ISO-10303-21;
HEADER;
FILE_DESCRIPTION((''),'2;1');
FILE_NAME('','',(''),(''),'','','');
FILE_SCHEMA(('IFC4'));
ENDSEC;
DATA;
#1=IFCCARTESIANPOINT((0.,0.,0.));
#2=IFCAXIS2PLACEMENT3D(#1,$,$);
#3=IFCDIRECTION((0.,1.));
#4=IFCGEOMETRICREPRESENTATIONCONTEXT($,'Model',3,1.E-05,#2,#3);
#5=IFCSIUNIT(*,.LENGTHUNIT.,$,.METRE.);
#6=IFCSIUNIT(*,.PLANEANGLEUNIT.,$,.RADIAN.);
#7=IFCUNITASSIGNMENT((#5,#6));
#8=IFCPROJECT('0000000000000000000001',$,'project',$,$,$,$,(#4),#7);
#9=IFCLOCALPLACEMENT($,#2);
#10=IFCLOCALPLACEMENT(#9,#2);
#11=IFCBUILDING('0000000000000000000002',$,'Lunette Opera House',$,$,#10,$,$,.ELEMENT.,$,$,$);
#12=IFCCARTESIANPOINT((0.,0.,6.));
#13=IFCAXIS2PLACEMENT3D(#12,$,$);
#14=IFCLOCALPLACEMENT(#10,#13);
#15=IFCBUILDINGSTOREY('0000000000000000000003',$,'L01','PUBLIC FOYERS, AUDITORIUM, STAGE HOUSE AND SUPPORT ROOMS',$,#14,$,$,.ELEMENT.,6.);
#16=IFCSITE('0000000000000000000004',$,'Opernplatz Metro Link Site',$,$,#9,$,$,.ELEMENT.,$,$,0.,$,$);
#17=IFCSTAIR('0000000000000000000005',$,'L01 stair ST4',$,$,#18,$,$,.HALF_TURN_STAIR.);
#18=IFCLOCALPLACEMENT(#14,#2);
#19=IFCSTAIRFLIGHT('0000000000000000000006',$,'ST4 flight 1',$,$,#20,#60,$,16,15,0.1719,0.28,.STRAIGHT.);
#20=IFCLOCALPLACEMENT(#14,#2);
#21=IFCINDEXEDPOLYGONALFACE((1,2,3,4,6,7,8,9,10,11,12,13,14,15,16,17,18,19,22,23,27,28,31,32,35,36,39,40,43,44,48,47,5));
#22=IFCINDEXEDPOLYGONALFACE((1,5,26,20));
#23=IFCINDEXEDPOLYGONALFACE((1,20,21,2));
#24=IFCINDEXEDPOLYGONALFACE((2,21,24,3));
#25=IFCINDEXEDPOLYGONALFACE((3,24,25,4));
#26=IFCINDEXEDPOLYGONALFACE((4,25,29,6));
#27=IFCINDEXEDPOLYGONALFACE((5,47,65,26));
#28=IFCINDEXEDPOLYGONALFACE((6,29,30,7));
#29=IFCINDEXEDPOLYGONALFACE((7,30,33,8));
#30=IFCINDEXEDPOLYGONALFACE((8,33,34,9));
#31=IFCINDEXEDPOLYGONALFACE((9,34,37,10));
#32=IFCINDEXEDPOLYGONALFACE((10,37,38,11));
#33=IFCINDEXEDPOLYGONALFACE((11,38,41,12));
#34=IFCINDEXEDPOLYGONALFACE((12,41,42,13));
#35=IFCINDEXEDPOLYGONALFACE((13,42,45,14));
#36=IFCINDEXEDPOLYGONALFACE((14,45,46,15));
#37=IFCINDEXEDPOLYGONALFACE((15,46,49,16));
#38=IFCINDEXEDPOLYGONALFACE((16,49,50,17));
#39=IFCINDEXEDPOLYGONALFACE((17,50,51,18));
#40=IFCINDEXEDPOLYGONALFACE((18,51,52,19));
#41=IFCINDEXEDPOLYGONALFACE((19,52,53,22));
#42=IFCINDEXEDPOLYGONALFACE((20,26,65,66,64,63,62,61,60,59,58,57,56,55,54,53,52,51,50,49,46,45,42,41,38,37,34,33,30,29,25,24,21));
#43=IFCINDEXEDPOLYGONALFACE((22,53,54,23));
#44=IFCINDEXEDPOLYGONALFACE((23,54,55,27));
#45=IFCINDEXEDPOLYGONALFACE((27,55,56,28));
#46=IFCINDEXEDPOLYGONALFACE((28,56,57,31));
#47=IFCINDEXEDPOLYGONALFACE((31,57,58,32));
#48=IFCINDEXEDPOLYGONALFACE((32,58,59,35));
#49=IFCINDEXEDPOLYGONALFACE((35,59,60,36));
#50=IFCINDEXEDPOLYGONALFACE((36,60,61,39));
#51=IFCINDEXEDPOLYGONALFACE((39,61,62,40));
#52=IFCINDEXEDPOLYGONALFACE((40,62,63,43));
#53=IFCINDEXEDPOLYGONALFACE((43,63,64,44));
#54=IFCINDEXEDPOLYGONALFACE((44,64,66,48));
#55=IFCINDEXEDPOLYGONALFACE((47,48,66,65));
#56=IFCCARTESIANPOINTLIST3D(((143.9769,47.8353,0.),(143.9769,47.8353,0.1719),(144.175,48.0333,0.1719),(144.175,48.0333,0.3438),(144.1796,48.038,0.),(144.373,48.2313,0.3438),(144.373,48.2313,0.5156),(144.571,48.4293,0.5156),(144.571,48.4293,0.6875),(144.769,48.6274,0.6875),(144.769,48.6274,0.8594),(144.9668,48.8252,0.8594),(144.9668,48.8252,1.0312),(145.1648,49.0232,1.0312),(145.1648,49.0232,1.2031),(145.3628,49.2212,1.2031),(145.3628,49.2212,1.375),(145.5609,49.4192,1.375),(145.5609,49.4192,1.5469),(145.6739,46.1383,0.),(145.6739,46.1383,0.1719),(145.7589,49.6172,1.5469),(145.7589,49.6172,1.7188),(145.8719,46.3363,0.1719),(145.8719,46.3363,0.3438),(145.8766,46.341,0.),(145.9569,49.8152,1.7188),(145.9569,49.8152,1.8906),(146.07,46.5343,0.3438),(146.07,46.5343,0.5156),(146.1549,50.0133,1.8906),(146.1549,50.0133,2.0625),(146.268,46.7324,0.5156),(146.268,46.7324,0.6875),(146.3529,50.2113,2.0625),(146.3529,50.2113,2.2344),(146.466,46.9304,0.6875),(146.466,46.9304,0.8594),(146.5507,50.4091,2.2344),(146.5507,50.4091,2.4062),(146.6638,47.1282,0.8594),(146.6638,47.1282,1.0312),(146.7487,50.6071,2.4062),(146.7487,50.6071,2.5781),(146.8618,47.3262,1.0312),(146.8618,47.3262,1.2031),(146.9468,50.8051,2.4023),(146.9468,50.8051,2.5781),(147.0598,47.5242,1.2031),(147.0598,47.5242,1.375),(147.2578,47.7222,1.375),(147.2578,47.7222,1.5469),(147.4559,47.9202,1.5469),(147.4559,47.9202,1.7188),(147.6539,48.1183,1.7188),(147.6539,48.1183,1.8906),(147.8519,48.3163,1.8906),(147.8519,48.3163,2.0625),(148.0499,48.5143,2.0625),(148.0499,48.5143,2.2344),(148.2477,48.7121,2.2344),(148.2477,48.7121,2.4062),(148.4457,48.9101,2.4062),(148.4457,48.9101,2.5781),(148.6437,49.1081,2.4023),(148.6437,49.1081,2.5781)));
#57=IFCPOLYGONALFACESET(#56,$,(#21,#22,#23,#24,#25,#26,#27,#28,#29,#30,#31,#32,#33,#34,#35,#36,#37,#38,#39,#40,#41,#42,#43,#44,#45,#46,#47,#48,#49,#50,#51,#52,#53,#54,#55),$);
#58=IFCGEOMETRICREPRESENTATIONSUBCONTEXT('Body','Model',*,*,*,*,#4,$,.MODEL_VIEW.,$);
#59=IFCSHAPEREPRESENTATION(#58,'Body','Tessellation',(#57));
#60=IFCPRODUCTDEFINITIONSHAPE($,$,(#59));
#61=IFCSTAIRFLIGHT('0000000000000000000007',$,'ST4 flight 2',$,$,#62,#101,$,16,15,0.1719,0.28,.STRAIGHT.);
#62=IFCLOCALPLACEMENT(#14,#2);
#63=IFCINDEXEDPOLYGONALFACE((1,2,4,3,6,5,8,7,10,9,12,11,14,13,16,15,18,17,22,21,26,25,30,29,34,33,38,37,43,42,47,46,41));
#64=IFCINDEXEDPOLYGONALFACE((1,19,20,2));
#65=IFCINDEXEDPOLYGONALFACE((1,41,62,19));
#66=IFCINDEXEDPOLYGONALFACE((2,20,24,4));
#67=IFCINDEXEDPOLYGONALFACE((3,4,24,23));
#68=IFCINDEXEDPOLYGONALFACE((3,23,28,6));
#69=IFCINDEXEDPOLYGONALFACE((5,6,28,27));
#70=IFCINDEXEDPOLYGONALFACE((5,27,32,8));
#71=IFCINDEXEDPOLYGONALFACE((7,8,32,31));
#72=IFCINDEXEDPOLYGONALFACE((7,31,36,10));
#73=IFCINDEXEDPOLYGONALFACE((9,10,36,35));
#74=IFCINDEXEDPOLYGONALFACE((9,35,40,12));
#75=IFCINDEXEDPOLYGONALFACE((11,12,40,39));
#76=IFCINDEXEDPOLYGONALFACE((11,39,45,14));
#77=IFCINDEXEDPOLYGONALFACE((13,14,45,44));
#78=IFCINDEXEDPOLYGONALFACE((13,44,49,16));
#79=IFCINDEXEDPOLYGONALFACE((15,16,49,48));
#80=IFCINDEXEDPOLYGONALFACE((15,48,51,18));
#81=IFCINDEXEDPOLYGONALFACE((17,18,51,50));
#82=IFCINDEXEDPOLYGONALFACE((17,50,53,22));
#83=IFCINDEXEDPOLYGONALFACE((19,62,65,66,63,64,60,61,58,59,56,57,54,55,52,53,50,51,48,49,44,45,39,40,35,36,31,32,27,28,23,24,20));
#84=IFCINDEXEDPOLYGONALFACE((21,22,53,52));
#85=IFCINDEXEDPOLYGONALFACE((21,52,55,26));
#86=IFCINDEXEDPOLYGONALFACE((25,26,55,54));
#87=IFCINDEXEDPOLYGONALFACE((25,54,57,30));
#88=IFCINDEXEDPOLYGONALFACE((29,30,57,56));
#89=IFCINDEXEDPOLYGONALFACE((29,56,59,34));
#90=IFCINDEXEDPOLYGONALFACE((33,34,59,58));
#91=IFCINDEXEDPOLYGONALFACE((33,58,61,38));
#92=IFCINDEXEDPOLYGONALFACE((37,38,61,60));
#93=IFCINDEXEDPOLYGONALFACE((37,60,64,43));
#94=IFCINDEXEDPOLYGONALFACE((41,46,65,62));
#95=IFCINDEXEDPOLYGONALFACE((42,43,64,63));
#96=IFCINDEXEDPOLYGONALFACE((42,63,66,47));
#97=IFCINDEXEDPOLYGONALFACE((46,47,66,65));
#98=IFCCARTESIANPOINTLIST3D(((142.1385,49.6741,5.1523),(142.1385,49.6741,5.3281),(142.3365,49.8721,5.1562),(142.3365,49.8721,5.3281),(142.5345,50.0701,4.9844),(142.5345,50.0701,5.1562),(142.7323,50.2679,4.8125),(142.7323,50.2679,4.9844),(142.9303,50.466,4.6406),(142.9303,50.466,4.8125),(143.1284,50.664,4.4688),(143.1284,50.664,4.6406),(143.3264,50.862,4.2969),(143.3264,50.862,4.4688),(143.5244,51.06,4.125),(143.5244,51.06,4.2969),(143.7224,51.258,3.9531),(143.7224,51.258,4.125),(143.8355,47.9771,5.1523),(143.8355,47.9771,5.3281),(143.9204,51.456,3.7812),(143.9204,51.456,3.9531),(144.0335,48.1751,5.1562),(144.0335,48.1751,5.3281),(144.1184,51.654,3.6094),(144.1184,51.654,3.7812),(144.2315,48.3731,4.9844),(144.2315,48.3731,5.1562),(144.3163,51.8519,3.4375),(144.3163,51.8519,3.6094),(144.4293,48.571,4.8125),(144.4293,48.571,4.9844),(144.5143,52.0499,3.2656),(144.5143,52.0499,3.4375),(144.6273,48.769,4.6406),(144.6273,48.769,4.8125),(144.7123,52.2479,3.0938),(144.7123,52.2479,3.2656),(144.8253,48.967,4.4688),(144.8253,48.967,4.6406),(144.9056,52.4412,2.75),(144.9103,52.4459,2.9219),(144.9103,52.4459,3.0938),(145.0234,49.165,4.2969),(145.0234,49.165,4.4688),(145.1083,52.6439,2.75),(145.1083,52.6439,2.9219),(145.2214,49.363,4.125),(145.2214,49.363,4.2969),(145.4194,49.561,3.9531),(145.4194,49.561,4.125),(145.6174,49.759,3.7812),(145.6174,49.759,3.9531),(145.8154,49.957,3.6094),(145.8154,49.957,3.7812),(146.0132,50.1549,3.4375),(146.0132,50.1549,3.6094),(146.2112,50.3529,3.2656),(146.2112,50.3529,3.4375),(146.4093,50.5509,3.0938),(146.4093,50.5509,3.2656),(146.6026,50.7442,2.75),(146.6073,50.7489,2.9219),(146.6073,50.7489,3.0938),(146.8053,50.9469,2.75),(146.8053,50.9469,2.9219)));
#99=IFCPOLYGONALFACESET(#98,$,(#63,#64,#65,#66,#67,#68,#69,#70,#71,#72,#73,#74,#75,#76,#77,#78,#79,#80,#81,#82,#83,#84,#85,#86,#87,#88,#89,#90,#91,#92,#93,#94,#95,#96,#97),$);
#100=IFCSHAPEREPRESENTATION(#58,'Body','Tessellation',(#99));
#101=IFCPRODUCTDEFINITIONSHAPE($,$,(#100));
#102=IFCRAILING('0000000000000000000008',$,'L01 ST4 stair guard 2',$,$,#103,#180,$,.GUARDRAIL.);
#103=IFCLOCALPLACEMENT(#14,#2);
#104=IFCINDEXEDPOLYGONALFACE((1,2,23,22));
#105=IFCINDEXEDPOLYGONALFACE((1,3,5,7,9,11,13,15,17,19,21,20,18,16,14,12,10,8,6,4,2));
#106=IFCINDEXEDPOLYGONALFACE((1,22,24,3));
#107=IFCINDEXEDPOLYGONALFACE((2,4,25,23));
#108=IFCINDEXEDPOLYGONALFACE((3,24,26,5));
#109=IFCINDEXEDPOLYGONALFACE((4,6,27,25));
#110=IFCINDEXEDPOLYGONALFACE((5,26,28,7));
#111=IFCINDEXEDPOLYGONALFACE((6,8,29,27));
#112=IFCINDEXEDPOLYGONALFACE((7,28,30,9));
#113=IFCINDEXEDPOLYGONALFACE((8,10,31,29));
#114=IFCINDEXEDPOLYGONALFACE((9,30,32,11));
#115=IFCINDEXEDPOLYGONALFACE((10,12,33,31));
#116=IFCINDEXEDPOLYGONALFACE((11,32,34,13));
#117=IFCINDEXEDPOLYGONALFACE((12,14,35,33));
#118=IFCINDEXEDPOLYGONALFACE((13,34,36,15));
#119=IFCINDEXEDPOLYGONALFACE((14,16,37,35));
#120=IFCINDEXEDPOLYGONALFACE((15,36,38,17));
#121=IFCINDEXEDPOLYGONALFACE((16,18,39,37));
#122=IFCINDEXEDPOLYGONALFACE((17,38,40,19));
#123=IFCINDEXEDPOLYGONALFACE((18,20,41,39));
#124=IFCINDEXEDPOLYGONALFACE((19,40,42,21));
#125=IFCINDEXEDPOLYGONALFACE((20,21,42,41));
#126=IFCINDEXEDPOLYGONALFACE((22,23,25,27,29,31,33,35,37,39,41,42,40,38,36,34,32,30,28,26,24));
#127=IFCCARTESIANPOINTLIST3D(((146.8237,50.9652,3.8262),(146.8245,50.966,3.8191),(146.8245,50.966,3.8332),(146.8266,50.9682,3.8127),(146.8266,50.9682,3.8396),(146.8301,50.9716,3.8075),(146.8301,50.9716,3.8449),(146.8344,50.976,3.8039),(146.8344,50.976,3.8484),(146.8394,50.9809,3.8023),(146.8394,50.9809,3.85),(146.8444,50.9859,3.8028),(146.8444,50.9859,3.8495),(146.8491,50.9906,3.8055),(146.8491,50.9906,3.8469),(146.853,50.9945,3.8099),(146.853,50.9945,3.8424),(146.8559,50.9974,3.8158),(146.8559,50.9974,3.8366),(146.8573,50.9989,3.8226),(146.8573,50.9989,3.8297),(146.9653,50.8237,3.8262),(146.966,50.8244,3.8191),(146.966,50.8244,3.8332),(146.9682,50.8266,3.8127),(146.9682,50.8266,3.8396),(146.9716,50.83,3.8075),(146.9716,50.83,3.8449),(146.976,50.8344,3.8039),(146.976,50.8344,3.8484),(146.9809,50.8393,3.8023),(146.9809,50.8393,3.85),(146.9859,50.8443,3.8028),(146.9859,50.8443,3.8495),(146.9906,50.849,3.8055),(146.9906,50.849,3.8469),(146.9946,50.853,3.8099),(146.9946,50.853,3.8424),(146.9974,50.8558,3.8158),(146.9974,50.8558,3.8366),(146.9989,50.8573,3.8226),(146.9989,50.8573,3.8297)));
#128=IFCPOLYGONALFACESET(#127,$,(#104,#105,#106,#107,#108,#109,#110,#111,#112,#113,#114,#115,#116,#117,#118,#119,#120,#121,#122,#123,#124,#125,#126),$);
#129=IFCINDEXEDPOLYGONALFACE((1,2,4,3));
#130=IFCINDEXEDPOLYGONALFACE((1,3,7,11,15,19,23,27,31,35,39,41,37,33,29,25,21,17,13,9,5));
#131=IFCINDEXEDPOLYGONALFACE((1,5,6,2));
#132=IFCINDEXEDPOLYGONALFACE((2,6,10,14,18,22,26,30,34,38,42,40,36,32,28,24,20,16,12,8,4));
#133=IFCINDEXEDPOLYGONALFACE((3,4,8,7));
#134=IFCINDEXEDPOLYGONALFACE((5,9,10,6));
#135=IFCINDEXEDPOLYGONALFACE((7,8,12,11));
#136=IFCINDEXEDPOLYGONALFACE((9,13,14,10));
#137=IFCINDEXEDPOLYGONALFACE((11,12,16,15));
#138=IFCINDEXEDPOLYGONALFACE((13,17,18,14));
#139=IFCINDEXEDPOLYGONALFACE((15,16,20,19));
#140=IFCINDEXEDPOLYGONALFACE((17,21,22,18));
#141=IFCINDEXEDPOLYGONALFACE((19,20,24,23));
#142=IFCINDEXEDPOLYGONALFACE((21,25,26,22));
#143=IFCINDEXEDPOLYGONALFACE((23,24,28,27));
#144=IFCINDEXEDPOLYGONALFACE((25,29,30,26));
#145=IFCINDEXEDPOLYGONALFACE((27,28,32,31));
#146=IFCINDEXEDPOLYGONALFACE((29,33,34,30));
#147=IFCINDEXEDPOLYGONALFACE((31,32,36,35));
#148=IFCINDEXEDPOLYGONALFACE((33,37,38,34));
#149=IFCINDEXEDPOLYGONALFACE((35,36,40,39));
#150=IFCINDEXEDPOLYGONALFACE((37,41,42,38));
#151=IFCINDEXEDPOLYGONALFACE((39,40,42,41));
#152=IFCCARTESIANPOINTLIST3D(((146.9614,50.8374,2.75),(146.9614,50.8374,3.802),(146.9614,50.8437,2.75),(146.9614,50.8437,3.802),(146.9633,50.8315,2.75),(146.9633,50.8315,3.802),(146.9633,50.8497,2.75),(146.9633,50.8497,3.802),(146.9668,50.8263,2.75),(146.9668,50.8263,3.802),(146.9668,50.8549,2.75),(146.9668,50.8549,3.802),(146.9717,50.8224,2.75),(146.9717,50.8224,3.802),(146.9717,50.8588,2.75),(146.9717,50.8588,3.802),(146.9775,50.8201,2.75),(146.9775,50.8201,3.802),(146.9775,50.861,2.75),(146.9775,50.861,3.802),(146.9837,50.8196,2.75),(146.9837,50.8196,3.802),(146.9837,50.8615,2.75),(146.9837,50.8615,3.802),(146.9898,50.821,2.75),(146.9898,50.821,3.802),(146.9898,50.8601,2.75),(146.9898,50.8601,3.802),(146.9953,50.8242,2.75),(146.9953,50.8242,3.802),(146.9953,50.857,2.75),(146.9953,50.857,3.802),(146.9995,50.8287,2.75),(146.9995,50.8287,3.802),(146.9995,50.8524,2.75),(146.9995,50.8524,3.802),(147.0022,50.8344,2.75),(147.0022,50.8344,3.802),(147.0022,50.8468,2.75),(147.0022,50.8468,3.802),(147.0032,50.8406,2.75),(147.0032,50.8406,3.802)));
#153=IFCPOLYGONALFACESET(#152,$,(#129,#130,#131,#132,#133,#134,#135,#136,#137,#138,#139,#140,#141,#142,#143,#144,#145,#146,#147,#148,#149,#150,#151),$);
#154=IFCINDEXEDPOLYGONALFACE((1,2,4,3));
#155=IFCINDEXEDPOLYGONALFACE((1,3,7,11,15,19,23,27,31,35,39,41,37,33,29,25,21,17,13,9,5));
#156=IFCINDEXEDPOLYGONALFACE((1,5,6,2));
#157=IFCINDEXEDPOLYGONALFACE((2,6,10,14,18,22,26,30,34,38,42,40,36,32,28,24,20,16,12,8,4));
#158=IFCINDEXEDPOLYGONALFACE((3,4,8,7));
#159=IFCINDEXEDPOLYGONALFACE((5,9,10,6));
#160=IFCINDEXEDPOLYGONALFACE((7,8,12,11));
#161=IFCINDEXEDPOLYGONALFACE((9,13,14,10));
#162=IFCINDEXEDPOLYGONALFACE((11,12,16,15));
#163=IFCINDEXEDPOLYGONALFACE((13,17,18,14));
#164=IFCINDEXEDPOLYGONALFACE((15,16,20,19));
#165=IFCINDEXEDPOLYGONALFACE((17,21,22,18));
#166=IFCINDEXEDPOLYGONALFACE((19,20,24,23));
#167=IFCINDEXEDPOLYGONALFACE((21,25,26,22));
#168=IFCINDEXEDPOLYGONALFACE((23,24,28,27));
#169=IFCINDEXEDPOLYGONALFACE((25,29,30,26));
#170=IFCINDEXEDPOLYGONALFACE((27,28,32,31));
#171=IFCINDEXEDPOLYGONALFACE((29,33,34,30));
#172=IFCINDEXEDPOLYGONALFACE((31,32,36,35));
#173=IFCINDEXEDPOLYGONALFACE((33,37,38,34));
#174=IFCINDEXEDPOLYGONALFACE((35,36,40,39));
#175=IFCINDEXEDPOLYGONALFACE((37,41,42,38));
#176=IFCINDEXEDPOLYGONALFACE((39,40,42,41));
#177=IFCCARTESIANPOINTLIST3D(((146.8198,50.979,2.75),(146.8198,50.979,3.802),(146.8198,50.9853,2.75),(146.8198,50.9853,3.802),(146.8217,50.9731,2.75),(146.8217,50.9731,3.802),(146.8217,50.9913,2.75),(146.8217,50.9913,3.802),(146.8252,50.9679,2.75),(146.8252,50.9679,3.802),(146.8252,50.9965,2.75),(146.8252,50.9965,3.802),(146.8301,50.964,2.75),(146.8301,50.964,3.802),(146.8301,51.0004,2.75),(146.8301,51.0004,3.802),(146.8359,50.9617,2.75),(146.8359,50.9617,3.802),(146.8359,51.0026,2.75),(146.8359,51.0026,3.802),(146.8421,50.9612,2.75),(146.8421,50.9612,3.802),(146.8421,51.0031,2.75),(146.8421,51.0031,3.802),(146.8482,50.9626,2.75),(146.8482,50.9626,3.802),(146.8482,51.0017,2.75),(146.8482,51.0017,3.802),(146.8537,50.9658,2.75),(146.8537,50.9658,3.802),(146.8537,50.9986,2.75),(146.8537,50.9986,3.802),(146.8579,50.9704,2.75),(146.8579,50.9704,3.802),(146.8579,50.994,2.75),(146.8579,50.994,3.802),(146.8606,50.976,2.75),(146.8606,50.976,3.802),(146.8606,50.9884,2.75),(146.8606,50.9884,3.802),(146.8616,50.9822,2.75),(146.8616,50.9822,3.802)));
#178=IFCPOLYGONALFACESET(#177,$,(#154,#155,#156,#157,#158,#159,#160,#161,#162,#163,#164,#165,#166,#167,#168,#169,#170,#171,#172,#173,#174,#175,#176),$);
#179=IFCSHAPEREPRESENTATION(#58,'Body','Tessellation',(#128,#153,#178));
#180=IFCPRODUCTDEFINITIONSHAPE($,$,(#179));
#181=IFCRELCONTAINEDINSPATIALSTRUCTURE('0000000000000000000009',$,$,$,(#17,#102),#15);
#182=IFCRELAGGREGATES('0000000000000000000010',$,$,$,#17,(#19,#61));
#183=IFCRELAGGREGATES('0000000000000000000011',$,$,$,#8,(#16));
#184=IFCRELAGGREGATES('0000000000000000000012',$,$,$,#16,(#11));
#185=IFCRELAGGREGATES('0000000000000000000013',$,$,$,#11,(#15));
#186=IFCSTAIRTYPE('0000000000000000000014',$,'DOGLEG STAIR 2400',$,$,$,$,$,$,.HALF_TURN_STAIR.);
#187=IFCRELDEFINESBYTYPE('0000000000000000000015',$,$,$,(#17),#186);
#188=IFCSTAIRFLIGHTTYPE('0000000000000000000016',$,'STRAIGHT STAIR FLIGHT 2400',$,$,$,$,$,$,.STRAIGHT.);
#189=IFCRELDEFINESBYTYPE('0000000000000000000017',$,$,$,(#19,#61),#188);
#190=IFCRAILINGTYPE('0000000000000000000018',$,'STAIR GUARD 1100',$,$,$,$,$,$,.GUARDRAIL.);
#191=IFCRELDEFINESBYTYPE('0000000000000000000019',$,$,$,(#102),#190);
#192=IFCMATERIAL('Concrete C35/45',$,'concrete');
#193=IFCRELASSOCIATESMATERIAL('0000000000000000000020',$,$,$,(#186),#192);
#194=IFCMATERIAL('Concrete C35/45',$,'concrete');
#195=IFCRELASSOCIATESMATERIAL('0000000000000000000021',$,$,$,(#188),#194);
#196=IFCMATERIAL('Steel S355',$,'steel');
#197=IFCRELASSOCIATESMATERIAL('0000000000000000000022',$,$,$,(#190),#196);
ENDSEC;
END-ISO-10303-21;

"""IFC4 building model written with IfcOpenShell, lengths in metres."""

from ifc_helpers import new_model, si_unit, direction, frame, origin, origin_2d, place, context, subcontext, project, spatial, polyline, circle, outline, extrude, material, type_object, element, aggregate, save


model = new_model("IFC4")

# Units and contexts
model_context = context("Model", 3, precision=1e-05, world=origin(), true_north=direction((0.0, 1.0)))
body_context = subcontext(model_context, "Body", "Model", "MODEL_VIEW")
ifc_project = project(units=[si_unit("LENGTHUNIT", "METRE"), si_unit("PLANEANGLEUNIT", "RADIAN")], contexts=[model_context])

# Site, building, storey
site_placement = place(None, origin())
site = spatial("IfcSite", under=ifc_project, at=site_placement, Name="Opernplatz Metro Link Site", CompositionType="ELEMENT", RefElevation=0.0)
building_placement = place(site_placement, origin())
building = spatial("IfcBuilding", under=site, at=building_placement, Name="Lunette Opera House", CompositionType="ELEMENT")
storey_placement = place(building_placement, frame((0.0, 0.0, 6.0)))
storey = spatial("IfcBuildingStorey", under=building, at=storey_placement, Name="L01", Description="PUBLIC FOYERS, AUDITORIUM, STAGE HOUSE AND SUPPORT ROOMS", CompositionType="ELEMENT", Elevation=6.0)

# Stair, stair flights
ifc_material_1 = material(Name="Concrete C35/45", Category="concrete")
stair_type = type_object("IfcStairType", Name="DOGLEG STAIR 2400", PredefinedType="HALF_TURN_STAIR", material=ifc_material_1)
stair_placement = place(storey_placement, origin())
stair = element("IfcStair", 1, at=stair_placement, inside=storey, type_object=stair_type, Name="L01 stair ST4", PredefinedType="HALF_TURN_STAIR")
ifc_material_2 = material(Name="Concrete C35/45", Category="concrete")
stair_flight_type = type_object("IfcStairFlightType", Name="STRAIGHT STAIR FLIGHT 2400", PredefinedType="STRAIGHT", material=ifc_material_2)
stair_flight_1_placement = place(storey_placement, frame((144.8254, 46.9868, 0.0), z_axis=(0.0, 0.0, 1.0), x_axis=(0.707107, 0.707107, 0.0)))
stair_flight_1 = element("IfcStairFlight", 2, at=stair_flight_1_placement, type_object=stair_flight_type, Name="ST4 flight 1", NumberOfRisers=16, NumberOfTreads=15, PredefinedType="STRAIGHT", RiserHeight=0.1719, TreadLength=0.28, context=body_context, shape_type="SweptSolid", body=[
    extrude(outline(polyline([(0.0, 0.0), (0.0, 0.1719), (0.28, 0.1719), (0.28, 0.3438), (0.5601, 0.3438), (0.5601, 0.5156), (0.8401, 0.5156), (0.8401, 0.6875), (1.1201, 0.6875), (1.1201, 0.8594), (1.3999, 0.8594), (1.3999, 1.0312), (1.6799, 1.0312), (1.6799, 1.2031), (1.96, 1.2031), (1.96, 1.375), (2.24, 1.375), (2.24, 1.5469), (2.52, 1.5469), (2.52, 1.7188), (2.8, 1.7188), (2.8, 1.8906), (3.0801, 1.8906), (3.0801, 2.0625), (3.3601, 2.0625), (3.3601, 2.2344), (3.6399, 2.2344), (3.6399, 2.4062), (3.9199, 2.4062), (3.9199, 2.5781), (4.2, 2.5781), (4.2, 2.75), (4.2, 2.4023), (0.2866, 0.0), (0.0, 0.0)])), frame((0.0, 1.2, 0.0), z_axis=(0.0, -1.0, 0.0), x_axis=(1.0, 0.0, 0.0)), (0.0, 0.0, 1.0), 2.3999),
])
stair_flight_2_placement = place(storey_placement, frame((145.9568, 51.7954, 2.75), z_axis=(0.0, 0.0, 1.0), x_axis=(-0.707107, -0.707107, 0.0)))
stair_flight_2 = element("IfcStairFlight", 3, at=stair_flight_2_placement, type_object=stair_flight_type, Name="ST4 flight 2", NumberOfRisers=16, NumberOfTreads=15, PredefinedType="STRAIGHT", RiserHeight=0.1719, TreadLength=0.28, context=body_context, shape_type="SweptSolid", body=[
    extrude(outline(polyline([(0.0, 0.0), (0.0, 0.1719), (0.28, 0.1719), (0.28, 0.3438), (0.5601, 0.3438), (0.5601, 0.5156), (0.8401, 0.5156), (0.8401, 0.6875), (1.1201, 0.6875), (1.1201, 0.8594), (1.3999, 0.8594), (1.3999, 1.0312), (1.6799, 1.0312), (1.6799, 1.2031), (1.96, 1.2031), (1.96, 1.375), (2.24, 1.375), (2.24, 1.5469), (2.52, 1.5469), (2.52, 1.7188), (2.8, 1.7188), (2.8, 1.8906), (3.0801, 1.8906), (3.0801, 2.0625), (3.3601, 2.0625), (3.3601, 2.2344), (3.6399, 2.2344), (3.6399, 2.4062), (3.9199, 2.4062), (3.9199, 2.5781), (4.2, 2.5781), (4.2, 2.75), (4.2, 2.4023), (0.2866, 0.0), (0.0, 0.0)])), frame((0.0, 1.2, 0.0), z_axis=(0.0, -1.0, 0.0), x_axis=(1.0, 0.0, 0.0)), (0.0, 0.0, 1.0), 2.3999),
])
aggregate(stair, [stair_flight_1, stair_flight_2])

# Railing
ifc_material_3 = material(Name="Steel S355", Category="steel")
railing_type_1 = type_object("IfcRailingType", Name="STAIR GUARD 1100", PredefinedType="GUARDRAIL", material=ifc_material_3)
railing_1_placement = place(storey_placement, frame((146.9822, 50.8406, 2.75)))
element("IfcRailing", 4, at=railing_1_placement, inside=storey, type_object=railing_type_1, Name="L01 ST4 stair guard 2", PredefinedType="GUARDRAIL", context=body_context, shape_type="SweptSolid", body=[
    extrude(circle(Radius=0.0239, at=origin_2d()), frame((0.0, 0.0, 1.0762), z_axis=(-0.707107, 0.707107, 0.0), x_axis=(-0.707107, -0.707107, 0.0)), (0.0, 0.0, 1.0), 0.2002),
    extrude(circle(Radius=0.021, at=origin_2d()), origin(), (0.0, 0.0, 1.0), 1.052),
    extrude(circle(Radius=0.021, at=origin_2d()), frame((-0.1416, 0.1416, 0.0)), (0.0, 0.0, 1.0), 1.052),
])

save(model, "model.ifc")
